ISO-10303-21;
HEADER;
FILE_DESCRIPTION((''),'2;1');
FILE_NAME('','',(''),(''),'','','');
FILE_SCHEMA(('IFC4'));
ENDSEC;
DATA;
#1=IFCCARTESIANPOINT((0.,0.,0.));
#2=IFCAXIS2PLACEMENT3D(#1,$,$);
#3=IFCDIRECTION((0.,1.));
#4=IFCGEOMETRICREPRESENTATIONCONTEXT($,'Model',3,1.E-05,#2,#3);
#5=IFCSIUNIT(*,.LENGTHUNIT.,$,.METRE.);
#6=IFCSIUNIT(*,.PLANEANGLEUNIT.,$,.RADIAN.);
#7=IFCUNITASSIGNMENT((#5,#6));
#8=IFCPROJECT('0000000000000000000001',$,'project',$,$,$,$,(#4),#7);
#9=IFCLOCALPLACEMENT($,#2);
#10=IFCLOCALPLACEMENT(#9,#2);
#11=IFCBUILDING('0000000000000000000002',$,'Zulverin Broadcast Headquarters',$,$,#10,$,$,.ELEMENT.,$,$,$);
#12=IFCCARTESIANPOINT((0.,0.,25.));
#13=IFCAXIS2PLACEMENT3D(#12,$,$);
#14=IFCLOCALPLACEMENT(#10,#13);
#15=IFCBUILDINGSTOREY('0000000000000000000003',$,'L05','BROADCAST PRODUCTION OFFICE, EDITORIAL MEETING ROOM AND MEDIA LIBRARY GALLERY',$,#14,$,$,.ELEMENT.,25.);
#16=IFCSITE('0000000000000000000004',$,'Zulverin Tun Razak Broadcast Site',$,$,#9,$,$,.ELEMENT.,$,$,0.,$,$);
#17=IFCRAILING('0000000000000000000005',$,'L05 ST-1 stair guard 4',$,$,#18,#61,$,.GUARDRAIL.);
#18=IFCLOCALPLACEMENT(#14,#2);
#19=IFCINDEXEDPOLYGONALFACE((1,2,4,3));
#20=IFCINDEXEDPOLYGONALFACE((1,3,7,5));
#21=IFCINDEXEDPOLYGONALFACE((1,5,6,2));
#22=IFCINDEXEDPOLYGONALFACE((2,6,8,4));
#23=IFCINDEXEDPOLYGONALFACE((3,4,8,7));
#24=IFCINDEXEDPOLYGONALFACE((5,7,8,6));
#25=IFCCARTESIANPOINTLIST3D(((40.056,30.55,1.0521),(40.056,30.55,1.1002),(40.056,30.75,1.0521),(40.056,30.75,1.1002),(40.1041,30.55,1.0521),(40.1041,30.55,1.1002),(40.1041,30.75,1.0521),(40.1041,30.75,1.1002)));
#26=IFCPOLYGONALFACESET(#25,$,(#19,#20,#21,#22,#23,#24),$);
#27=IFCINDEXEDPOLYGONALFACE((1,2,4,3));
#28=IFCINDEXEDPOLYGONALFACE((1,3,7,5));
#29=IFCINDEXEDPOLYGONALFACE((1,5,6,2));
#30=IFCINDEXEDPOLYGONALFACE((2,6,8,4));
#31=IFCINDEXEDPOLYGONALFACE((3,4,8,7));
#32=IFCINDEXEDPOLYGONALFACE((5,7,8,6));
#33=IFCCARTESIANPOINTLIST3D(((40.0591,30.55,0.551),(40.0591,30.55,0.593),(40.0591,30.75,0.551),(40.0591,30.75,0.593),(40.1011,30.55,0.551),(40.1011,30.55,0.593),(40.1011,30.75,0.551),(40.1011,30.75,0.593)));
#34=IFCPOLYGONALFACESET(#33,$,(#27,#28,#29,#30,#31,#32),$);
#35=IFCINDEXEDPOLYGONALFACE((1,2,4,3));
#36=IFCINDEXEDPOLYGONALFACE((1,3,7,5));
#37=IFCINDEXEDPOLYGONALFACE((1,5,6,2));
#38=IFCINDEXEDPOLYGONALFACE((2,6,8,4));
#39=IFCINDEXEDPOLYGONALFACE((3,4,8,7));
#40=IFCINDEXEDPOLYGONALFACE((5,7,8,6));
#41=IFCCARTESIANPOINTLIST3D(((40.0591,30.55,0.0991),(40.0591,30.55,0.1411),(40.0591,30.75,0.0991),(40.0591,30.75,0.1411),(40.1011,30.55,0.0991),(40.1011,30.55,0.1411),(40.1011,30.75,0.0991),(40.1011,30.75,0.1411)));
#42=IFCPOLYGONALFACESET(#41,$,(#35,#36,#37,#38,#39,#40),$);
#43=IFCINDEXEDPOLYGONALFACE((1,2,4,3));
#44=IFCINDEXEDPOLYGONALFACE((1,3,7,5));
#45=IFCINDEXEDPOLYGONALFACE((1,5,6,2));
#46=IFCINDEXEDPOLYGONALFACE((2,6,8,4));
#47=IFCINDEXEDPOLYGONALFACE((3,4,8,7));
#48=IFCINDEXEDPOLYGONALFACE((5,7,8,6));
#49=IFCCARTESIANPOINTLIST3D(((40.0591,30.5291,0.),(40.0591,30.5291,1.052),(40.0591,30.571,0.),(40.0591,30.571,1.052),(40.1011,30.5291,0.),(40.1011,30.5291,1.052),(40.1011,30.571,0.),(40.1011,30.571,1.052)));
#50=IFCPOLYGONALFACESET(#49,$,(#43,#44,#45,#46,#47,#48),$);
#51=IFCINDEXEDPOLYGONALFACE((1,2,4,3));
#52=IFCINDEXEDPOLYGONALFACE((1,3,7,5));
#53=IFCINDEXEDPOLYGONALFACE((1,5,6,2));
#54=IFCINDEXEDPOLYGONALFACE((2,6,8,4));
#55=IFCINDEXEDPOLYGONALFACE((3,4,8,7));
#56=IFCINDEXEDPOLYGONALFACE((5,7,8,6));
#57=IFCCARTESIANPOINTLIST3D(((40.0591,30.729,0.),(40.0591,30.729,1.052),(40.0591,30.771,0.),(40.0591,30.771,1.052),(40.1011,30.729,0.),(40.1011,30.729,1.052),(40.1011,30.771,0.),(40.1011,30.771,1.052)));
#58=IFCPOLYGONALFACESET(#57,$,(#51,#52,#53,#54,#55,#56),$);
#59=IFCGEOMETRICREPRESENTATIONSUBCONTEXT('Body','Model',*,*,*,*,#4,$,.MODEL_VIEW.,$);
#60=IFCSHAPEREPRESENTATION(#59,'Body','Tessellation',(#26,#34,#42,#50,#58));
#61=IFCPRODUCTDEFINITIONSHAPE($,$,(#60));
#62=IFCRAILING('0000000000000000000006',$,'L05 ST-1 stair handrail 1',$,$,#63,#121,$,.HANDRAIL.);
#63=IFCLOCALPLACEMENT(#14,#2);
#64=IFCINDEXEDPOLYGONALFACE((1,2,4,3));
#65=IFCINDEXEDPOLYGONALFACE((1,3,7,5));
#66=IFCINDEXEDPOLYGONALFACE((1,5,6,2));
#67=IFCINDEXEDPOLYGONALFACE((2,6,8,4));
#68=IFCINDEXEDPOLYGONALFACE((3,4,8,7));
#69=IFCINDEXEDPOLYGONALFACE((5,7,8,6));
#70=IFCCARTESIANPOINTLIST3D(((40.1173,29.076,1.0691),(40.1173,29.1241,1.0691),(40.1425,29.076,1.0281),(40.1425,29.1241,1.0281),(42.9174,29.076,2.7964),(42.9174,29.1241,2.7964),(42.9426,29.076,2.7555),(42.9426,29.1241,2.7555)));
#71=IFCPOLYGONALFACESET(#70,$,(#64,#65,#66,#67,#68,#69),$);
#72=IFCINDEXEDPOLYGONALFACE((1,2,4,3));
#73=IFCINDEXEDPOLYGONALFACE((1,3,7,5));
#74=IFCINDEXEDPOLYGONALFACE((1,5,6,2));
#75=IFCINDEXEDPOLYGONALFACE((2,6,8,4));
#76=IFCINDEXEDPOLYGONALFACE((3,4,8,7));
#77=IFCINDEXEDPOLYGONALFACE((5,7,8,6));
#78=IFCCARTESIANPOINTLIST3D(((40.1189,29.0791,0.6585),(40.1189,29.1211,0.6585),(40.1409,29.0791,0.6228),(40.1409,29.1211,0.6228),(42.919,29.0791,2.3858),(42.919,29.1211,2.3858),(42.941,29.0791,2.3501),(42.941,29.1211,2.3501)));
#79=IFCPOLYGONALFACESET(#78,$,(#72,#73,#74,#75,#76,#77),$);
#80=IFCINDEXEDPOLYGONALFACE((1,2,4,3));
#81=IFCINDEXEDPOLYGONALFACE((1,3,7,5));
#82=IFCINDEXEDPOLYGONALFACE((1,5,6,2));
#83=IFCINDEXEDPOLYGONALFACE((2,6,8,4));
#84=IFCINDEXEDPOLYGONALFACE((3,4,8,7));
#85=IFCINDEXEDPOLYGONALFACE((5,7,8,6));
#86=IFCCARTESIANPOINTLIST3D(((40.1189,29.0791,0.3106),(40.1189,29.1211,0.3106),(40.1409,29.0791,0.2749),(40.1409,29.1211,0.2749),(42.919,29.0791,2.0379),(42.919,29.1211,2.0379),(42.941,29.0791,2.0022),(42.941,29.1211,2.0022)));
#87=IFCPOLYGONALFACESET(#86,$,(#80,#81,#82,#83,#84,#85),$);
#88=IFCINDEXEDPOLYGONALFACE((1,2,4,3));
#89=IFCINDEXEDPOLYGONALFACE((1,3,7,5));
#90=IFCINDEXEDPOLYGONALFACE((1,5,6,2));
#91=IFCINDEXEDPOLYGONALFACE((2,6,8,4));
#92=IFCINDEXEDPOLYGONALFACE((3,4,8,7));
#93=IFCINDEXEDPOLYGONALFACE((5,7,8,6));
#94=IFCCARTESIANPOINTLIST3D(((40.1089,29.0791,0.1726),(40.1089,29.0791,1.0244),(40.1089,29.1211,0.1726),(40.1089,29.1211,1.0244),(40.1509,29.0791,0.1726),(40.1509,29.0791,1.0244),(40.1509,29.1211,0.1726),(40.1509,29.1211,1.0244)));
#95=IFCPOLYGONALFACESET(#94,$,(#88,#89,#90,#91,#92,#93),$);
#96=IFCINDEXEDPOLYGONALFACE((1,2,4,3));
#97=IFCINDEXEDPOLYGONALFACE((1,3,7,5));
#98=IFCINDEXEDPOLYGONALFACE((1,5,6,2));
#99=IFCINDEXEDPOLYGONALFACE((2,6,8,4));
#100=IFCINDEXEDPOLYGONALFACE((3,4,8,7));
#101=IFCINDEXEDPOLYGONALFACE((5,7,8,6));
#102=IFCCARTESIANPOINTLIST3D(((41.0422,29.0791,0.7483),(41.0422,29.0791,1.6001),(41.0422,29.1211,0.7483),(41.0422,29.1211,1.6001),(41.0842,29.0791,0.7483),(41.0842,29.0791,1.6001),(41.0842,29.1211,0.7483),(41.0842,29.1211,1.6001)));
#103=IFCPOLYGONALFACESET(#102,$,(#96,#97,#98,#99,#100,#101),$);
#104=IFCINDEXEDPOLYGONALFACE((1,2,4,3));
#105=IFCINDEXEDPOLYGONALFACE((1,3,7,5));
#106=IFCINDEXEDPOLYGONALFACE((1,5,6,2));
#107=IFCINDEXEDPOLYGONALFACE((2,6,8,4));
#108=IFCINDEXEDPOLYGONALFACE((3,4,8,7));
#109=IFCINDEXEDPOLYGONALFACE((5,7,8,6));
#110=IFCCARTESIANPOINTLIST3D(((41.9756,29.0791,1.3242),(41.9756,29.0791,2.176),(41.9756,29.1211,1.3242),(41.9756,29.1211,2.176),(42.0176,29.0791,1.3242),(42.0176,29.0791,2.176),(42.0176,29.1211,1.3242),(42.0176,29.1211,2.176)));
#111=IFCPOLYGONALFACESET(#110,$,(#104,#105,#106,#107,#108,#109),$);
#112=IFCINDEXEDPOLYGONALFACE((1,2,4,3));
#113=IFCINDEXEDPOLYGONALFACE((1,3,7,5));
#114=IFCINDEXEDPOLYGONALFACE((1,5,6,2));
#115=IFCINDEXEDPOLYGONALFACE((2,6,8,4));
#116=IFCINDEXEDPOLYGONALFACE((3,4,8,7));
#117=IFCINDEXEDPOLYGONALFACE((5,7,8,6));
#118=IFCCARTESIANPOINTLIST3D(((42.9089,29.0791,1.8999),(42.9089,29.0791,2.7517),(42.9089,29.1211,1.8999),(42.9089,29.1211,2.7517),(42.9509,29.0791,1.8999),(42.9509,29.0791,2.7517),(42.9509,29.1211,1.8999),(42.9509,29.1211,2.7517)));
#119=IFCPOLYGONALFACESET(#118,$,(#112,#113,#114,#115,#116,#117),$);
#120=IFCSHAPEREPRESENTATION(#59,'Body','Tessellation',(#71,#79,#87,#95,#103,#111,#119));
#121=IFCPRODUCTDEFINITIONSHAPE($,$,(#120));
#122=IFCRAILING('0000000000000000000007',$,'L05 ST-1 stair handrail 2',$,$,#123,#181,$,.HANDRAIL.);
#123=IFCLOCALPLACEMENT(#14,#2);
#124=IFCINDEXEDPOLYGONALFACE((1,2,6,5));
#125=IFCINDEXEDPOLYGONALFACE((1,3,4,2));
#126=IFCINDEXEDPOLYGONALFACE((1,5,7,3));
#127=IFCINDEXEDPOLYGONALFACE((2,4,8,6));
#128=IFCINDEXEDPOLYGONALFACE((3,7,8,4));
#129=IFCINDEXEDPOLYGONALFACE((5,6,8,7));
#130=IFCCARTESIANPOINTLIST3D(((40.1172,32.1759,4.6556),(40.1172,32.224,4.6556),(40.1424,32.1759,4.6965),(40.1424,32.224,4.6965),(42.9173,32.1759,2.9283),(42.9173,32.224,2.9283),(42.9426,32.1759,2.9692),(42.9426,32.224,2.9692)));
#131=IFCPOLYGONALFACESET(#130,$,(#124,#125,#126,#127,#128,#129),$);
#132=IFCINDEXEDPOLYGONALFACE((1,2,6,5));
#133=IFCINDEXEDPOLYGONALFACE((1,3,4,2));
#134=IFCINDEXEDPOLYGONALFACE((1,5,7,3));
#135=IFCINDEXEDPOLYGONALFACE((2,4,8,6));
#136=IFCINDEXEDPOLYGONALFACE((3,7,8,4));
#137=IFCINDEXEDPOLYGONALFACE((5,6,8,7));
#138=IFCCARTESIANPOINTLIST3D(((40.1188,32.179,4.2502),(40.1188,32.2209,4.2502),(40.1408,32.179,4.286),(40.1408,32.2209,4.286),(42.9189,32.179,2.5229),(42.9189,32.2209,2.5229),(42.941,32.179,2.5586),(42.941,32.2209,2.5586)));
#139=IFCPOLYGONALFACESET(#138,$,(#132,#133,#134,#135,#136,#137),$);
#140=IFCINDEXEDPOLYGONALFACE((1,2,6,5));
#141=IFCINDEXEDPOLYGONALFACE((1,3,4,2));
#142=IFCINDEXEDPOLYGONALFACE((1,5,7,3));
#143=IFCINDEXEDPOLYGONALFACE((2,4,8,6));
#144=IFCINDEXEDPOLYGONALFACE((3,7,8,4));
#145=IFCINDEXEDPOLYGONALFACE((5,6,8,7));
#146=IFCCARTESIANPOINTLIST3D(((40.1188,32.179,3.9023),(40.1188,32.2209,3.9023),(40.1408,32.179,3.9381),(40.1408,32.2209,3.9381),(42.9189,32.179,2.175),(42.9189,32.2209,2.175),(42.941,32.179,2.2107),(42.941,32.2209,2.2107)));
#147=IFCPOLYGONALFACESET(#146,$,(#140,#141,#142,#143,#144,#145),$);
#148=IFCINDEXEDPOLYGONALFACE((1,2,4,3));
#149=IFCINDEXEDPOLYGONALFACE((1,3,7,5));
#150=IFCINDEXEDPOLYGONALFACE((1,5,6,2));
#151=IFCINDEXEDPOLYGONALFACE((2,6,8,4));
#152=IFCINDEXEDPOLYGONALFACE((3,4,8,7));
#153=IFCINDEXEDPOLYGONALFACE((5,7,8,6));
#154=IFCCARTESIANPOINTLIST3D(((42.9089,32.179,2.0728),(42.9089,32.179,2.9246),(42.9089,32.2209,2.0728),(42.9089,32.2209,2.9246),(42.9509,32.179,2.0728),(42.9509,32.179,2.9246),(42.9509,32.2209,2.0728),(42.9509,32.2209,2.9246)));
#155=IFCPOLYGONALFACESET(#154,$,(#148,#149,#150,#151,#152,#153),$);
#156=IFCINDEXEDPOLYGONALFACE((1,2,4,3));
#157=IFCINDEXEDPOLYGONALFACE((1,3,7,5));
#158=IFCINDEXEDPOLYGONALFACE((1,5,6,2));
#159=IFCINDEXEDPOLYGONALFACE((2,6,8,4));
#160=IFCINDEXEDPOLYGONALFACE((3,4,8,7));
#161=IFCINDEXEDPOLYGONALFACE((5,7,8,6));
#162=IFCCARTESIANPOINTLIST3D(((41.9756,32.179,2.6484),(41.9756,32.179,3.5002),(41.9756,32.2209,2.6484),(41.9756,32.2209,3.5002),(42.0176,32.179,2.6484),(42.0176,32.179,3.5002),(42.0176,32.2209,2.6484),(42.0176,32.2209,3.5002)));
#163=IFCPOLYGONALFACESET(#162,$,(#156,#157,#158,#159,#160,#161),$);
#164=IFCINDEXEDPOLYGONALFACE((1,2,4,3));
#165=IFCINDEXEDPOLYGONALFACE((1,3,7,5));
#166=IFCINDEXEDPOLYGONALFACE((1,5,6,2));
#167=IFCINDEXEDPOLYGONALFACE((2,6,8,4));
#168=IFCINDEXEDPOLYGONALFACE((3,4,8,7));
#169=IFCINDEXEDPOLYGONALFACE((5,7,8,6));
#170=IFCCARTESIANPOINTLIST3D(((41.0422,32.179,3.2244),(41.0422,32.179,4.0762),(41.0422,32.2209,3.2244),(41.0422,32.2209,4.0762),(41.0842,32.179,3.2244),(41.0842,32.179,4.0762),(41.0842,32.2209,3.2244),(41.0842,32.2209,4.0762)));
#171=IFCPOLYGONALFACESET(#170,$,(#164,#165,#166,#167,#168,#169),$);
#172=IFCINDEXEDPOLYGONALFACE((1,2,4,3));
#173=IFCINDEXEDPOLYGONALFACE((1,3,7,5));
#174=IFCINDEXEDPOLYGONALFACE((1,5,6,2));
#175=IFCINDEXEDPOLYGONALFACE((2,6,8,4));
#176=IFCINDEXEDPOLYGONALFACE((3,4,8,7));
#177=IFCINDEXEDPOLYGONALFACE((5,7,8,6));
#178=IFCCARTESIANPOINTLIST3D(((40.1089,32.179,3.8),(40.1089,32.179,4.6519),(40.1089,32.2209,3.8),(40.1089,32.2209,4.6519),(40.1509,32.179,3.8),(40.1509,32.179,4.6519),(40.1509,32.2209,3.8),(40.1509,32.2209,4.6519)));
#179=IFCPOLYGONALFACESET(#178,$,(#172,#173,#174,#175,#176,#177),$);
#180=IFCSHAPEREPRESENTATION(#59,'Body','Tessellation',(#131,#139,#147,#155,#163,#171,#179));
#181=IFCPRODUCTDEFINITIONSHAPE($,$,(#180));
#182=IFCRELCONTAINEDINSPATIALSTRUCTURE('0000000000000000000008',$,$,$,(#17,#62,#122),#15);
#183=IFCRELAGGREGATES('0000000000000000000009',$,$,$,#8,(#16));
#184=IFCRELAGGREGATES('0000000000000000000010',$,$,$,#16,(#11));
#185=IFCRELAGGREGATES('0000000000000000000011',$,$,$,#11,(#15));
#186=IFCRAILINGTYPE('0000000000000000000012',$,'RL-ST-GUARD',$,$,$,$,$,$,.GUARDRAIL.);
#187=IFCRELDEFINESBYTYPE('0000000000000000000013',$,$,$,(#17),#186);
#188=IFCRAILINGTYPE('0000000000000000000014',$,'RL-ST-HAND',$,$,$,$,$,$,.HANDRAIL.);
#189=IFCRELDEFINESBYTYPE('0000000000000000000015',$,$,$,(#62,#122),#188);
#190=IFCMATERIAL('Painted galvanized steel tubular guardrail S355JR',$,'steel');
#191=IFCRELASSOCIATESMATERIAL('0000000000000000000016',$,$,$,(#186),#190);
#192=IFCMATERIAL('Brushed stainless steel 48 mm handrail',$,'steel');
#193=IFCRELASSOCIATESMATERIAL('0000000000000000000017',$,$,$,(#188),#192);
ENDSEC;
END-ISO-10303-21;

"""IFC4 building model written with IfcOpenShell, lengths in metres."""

from ifc_helpers import new_model, si_unit, direction, frame, origin, origin_2d, place, context, subcontext, project, spatial, rectangle, extrude, material, type_object, element, save


model = new_model("IFC4")

# Units and contexts
model_context = context("Model", 3, precision=1e-05, world=origin(), true_north=direction((0.0, 1.0)))
body_context = subcontext(model_context, "Body", "Model", "MODEL_VIEW")
ifc_project = project(units=[si_unit("LENGTHUNIT", "METRE"), si_unit("PLANEANGLEUNIT", "RADIAN")], contexts=[model_context])

# Site, building, storey
site_placement = place(None, origin())
site = spatial("IfcSite", under=ifc_project, at=site_placement, Name="Zulverin Tun Razak Broadcast Site", CompositionType="ELEMENT", RefElevation=0.0)
building_placement = place(site_placement, origin())
building = spatial("IfcBuilding", under=site, at=building_placement, Name="Zulverin Broadcast Headquarters", CompositionType="ELEMENT")
storey_placement = place(building_placement, frame((0.0, 0.0, 25.0)))
storey = spatial("IfcBuildingStorey", under=building, at=storey_placement, Name="L05", Description="BROADCAST PRODUCTION OFFICE, EDITORIAL MEETING ROOM AND MEDIA LIBRARY GALLERY", CompositionType="ELEMENT", Elevation=25.0)

# Railings
ifc_material_1 = material(Name="Painted galvanized steel tubular guardrail S355JR", Category="steel")
railing_type_1 = type_object("IfcRailingType", Name="RL-ST-GUARD", PredefinedType="GUARDRAIL", material=ifc_material_1)
railing_1_placement = place(storey_placement, frame((40.0801, 30.55, 0.0)))
element("IfcRailing", 1, at=railing_1_placement, inside=storey, type_object=railing_type_1, Name="L05 ST-1 stair guard 4", PredefinedType="GUARDRAIL", context=body_context, shape_type="SweptSolid", body=[
    extrude(rectangle(XDim=0.0481, YDim=0.0481, at=origin_2d()), frame((0.0, 0.0, 1.0762), z_axis=(0.0, 1.0, 0.0), x_axis=(-1.0, 0.0, 0.0)), (0.0, 0.0, 1.0), 0.2),
    extrude(rectangle(XDim=0.042, YDim=0.042, at=origin_2d()), frame((0.0, 0.0, 0.572), z_axis=(0.0, 1.0, 0.0), x_axis=(-1.0, 0.0, 0.0)), (0.0, 0.0, 1.0), 0.2),
    extrude(rectangle(XDim=0.042, YDim=0.042, at=origin_2d()), frame((0.0, 0.0, 0.1201), z_axis=(0.0, 1.0, 0.0), x_axis=(-1.0, 0.0, 0.0)), (0.0, 0.0, 1.0), 0.2),
    extrude(rectangle(XDim=0.042, YDim=0.042, at=origin_2d()), origin(), (0.0, 0.0, 1.0), 1.052),
    extrude(rectangle(XDim=0.042, YDim=0.042, at=origin_2d()), frame((0.0, 0.2, 0.0)), (0.0, 0.0, 1.0), 1.052),
])
ifc_material_2 = material(Name="Brushed stainless steel 48 mm handrail", Category="steel")
railing_type_2 = type_object("IfcRailingType", Name="RL-ST-HAND", PredefinedType="HANDRAIL", material=ifc_material_2)
railing_2_placement = place(storey_placement, frame((40.1299, 29.1001, 0.1726)))
element("IfcRailing", 2, at=railing_2_placement, inside=storey, type_object=railing_type_2, Name="L05 ST-1 stair handrail 1", PredefinedType="HANDRAIL", context=body_context, shape_type="SweptSolid", body=[
    extrude(rectangle(XDim=0.0481, YDim=0.0481, at=origin_2d()), frame((0.0, 0.0, 0.876), z_axis=(0.85109, 0.0, 0.52502), x_axis=(0.0, 1.0, 0.0)), (0.0, 0.0, 1.0), 3.29),
    extrude(rectangle(XDim=0.042, YDim=0.042, at=origin_2d()), frame((0.0, 0.0, 0.468), z_axis=(0.85109, 0.0, 0.52502), x_axis=(0.0, 1.0, 0.0)), (0.0, 0.0, 1.0), 3.29),
    extrude(rectangle(XDim=0.042, YDim=0.042, at=origin_2d()), frame((0.0, 0.0, 0.1201), z_axis=(0.85109, 0.0, 0.52502), x_axis=(0.0, 1.0, 0.0)), (0.0, 0.0, 1.0), 3.29),
    extrude(rectangle(XDim=0.042, YDim=0.042, at=origin_2d()), origin(), (0.0, 0.0, 1.0), 0.8518),
    extrude(rectangle(XDim=0.042, YDim=0.042, at=origin_2d()), frame((0.9333, 0.0, 0.5757)), (0.0, 0.0, 1.0), 0.8518),
    extrude(rectangle(XDim=0.042, YDim=0.042, at=origin_2d()), frame((1.8667, 0.0, 1.1516)), (0.0, 0.0, 1.0), 0.8518),
    extrude(rectangle(XDim=0.042, YDim=0.042, at=origin_2d()), frame((2.8, 0.0, 1.7273)), (0.0, 0.0, 1.0), 0.8518),
])
railing_3_placement = place(storey_placement, frame((42.9299, 32.2, 2.0728)))
element("IfcRailing", 3, at=railing_3_placement, inside=storey, type_object=railing_type_2, Name="L05 ST-1 stair handrail 2", PredefinedType="HANDRAIL", context=body_context, shape_type="SweptSolid", body=[
    extrude(rectangle(XDim=0.0481, YDim=0.0481, at=origin_2d()), frame((0.0, 0.0, 0.876), z_axis=(-0.85109, 0.0, 0.52502), x_axis=(0.0, -1.0, 0.0)), (0.0, 0.0, 1.0), 3.29),
    extrude(rectangle(XDim=0.042, YDim=0.042, at=origin_2d()), frame((0.0, 0.0, 0.468), z_axis=(-0.85109, 0.0, 0.52502), x_axis=(0.0, -1.0, 0.0)), (0.0, 0.0, 1.0), 3.29),
    extrude(rectangle(XDim=0.042, YDim=0.042, at=origin_2d()), frame((0.0, 0.0, 0.1201), z_axis=(-0.85109, 0.0, 0.52502), x_axis=(0.0, -1.0, 0.0)), (0.0, 0.0, 1.0), 3.29),
    extrude(rectangle(XDim=0.042, YDim=0.042, at=origin_2d()), origin(), (0.0, 0.0, 1.0), 0.8518),
    extrude(rectangle(XDim=0.042, YDim=0.042, at=origin_2d()), frame((-0.9333, 0.0, 0.5757)), (0.0, 0.0, 1.0), 0.8518),
    extrude(rectangle(XDim=0.042, YDim=0.042, at=origin_2d()), frame((-1.8667, 0.0, 1.1516)), (0.0, 0.0, 1.0), 0.8518),
    extrude(rectangle(XDim=0.042, YDim=0.042, at=origin_2d()), frame((-2.8, 0.0, 1.7273)), (0.0, 0.0, 1.0), 0.8518),
])

save(model, "model.ifc")
